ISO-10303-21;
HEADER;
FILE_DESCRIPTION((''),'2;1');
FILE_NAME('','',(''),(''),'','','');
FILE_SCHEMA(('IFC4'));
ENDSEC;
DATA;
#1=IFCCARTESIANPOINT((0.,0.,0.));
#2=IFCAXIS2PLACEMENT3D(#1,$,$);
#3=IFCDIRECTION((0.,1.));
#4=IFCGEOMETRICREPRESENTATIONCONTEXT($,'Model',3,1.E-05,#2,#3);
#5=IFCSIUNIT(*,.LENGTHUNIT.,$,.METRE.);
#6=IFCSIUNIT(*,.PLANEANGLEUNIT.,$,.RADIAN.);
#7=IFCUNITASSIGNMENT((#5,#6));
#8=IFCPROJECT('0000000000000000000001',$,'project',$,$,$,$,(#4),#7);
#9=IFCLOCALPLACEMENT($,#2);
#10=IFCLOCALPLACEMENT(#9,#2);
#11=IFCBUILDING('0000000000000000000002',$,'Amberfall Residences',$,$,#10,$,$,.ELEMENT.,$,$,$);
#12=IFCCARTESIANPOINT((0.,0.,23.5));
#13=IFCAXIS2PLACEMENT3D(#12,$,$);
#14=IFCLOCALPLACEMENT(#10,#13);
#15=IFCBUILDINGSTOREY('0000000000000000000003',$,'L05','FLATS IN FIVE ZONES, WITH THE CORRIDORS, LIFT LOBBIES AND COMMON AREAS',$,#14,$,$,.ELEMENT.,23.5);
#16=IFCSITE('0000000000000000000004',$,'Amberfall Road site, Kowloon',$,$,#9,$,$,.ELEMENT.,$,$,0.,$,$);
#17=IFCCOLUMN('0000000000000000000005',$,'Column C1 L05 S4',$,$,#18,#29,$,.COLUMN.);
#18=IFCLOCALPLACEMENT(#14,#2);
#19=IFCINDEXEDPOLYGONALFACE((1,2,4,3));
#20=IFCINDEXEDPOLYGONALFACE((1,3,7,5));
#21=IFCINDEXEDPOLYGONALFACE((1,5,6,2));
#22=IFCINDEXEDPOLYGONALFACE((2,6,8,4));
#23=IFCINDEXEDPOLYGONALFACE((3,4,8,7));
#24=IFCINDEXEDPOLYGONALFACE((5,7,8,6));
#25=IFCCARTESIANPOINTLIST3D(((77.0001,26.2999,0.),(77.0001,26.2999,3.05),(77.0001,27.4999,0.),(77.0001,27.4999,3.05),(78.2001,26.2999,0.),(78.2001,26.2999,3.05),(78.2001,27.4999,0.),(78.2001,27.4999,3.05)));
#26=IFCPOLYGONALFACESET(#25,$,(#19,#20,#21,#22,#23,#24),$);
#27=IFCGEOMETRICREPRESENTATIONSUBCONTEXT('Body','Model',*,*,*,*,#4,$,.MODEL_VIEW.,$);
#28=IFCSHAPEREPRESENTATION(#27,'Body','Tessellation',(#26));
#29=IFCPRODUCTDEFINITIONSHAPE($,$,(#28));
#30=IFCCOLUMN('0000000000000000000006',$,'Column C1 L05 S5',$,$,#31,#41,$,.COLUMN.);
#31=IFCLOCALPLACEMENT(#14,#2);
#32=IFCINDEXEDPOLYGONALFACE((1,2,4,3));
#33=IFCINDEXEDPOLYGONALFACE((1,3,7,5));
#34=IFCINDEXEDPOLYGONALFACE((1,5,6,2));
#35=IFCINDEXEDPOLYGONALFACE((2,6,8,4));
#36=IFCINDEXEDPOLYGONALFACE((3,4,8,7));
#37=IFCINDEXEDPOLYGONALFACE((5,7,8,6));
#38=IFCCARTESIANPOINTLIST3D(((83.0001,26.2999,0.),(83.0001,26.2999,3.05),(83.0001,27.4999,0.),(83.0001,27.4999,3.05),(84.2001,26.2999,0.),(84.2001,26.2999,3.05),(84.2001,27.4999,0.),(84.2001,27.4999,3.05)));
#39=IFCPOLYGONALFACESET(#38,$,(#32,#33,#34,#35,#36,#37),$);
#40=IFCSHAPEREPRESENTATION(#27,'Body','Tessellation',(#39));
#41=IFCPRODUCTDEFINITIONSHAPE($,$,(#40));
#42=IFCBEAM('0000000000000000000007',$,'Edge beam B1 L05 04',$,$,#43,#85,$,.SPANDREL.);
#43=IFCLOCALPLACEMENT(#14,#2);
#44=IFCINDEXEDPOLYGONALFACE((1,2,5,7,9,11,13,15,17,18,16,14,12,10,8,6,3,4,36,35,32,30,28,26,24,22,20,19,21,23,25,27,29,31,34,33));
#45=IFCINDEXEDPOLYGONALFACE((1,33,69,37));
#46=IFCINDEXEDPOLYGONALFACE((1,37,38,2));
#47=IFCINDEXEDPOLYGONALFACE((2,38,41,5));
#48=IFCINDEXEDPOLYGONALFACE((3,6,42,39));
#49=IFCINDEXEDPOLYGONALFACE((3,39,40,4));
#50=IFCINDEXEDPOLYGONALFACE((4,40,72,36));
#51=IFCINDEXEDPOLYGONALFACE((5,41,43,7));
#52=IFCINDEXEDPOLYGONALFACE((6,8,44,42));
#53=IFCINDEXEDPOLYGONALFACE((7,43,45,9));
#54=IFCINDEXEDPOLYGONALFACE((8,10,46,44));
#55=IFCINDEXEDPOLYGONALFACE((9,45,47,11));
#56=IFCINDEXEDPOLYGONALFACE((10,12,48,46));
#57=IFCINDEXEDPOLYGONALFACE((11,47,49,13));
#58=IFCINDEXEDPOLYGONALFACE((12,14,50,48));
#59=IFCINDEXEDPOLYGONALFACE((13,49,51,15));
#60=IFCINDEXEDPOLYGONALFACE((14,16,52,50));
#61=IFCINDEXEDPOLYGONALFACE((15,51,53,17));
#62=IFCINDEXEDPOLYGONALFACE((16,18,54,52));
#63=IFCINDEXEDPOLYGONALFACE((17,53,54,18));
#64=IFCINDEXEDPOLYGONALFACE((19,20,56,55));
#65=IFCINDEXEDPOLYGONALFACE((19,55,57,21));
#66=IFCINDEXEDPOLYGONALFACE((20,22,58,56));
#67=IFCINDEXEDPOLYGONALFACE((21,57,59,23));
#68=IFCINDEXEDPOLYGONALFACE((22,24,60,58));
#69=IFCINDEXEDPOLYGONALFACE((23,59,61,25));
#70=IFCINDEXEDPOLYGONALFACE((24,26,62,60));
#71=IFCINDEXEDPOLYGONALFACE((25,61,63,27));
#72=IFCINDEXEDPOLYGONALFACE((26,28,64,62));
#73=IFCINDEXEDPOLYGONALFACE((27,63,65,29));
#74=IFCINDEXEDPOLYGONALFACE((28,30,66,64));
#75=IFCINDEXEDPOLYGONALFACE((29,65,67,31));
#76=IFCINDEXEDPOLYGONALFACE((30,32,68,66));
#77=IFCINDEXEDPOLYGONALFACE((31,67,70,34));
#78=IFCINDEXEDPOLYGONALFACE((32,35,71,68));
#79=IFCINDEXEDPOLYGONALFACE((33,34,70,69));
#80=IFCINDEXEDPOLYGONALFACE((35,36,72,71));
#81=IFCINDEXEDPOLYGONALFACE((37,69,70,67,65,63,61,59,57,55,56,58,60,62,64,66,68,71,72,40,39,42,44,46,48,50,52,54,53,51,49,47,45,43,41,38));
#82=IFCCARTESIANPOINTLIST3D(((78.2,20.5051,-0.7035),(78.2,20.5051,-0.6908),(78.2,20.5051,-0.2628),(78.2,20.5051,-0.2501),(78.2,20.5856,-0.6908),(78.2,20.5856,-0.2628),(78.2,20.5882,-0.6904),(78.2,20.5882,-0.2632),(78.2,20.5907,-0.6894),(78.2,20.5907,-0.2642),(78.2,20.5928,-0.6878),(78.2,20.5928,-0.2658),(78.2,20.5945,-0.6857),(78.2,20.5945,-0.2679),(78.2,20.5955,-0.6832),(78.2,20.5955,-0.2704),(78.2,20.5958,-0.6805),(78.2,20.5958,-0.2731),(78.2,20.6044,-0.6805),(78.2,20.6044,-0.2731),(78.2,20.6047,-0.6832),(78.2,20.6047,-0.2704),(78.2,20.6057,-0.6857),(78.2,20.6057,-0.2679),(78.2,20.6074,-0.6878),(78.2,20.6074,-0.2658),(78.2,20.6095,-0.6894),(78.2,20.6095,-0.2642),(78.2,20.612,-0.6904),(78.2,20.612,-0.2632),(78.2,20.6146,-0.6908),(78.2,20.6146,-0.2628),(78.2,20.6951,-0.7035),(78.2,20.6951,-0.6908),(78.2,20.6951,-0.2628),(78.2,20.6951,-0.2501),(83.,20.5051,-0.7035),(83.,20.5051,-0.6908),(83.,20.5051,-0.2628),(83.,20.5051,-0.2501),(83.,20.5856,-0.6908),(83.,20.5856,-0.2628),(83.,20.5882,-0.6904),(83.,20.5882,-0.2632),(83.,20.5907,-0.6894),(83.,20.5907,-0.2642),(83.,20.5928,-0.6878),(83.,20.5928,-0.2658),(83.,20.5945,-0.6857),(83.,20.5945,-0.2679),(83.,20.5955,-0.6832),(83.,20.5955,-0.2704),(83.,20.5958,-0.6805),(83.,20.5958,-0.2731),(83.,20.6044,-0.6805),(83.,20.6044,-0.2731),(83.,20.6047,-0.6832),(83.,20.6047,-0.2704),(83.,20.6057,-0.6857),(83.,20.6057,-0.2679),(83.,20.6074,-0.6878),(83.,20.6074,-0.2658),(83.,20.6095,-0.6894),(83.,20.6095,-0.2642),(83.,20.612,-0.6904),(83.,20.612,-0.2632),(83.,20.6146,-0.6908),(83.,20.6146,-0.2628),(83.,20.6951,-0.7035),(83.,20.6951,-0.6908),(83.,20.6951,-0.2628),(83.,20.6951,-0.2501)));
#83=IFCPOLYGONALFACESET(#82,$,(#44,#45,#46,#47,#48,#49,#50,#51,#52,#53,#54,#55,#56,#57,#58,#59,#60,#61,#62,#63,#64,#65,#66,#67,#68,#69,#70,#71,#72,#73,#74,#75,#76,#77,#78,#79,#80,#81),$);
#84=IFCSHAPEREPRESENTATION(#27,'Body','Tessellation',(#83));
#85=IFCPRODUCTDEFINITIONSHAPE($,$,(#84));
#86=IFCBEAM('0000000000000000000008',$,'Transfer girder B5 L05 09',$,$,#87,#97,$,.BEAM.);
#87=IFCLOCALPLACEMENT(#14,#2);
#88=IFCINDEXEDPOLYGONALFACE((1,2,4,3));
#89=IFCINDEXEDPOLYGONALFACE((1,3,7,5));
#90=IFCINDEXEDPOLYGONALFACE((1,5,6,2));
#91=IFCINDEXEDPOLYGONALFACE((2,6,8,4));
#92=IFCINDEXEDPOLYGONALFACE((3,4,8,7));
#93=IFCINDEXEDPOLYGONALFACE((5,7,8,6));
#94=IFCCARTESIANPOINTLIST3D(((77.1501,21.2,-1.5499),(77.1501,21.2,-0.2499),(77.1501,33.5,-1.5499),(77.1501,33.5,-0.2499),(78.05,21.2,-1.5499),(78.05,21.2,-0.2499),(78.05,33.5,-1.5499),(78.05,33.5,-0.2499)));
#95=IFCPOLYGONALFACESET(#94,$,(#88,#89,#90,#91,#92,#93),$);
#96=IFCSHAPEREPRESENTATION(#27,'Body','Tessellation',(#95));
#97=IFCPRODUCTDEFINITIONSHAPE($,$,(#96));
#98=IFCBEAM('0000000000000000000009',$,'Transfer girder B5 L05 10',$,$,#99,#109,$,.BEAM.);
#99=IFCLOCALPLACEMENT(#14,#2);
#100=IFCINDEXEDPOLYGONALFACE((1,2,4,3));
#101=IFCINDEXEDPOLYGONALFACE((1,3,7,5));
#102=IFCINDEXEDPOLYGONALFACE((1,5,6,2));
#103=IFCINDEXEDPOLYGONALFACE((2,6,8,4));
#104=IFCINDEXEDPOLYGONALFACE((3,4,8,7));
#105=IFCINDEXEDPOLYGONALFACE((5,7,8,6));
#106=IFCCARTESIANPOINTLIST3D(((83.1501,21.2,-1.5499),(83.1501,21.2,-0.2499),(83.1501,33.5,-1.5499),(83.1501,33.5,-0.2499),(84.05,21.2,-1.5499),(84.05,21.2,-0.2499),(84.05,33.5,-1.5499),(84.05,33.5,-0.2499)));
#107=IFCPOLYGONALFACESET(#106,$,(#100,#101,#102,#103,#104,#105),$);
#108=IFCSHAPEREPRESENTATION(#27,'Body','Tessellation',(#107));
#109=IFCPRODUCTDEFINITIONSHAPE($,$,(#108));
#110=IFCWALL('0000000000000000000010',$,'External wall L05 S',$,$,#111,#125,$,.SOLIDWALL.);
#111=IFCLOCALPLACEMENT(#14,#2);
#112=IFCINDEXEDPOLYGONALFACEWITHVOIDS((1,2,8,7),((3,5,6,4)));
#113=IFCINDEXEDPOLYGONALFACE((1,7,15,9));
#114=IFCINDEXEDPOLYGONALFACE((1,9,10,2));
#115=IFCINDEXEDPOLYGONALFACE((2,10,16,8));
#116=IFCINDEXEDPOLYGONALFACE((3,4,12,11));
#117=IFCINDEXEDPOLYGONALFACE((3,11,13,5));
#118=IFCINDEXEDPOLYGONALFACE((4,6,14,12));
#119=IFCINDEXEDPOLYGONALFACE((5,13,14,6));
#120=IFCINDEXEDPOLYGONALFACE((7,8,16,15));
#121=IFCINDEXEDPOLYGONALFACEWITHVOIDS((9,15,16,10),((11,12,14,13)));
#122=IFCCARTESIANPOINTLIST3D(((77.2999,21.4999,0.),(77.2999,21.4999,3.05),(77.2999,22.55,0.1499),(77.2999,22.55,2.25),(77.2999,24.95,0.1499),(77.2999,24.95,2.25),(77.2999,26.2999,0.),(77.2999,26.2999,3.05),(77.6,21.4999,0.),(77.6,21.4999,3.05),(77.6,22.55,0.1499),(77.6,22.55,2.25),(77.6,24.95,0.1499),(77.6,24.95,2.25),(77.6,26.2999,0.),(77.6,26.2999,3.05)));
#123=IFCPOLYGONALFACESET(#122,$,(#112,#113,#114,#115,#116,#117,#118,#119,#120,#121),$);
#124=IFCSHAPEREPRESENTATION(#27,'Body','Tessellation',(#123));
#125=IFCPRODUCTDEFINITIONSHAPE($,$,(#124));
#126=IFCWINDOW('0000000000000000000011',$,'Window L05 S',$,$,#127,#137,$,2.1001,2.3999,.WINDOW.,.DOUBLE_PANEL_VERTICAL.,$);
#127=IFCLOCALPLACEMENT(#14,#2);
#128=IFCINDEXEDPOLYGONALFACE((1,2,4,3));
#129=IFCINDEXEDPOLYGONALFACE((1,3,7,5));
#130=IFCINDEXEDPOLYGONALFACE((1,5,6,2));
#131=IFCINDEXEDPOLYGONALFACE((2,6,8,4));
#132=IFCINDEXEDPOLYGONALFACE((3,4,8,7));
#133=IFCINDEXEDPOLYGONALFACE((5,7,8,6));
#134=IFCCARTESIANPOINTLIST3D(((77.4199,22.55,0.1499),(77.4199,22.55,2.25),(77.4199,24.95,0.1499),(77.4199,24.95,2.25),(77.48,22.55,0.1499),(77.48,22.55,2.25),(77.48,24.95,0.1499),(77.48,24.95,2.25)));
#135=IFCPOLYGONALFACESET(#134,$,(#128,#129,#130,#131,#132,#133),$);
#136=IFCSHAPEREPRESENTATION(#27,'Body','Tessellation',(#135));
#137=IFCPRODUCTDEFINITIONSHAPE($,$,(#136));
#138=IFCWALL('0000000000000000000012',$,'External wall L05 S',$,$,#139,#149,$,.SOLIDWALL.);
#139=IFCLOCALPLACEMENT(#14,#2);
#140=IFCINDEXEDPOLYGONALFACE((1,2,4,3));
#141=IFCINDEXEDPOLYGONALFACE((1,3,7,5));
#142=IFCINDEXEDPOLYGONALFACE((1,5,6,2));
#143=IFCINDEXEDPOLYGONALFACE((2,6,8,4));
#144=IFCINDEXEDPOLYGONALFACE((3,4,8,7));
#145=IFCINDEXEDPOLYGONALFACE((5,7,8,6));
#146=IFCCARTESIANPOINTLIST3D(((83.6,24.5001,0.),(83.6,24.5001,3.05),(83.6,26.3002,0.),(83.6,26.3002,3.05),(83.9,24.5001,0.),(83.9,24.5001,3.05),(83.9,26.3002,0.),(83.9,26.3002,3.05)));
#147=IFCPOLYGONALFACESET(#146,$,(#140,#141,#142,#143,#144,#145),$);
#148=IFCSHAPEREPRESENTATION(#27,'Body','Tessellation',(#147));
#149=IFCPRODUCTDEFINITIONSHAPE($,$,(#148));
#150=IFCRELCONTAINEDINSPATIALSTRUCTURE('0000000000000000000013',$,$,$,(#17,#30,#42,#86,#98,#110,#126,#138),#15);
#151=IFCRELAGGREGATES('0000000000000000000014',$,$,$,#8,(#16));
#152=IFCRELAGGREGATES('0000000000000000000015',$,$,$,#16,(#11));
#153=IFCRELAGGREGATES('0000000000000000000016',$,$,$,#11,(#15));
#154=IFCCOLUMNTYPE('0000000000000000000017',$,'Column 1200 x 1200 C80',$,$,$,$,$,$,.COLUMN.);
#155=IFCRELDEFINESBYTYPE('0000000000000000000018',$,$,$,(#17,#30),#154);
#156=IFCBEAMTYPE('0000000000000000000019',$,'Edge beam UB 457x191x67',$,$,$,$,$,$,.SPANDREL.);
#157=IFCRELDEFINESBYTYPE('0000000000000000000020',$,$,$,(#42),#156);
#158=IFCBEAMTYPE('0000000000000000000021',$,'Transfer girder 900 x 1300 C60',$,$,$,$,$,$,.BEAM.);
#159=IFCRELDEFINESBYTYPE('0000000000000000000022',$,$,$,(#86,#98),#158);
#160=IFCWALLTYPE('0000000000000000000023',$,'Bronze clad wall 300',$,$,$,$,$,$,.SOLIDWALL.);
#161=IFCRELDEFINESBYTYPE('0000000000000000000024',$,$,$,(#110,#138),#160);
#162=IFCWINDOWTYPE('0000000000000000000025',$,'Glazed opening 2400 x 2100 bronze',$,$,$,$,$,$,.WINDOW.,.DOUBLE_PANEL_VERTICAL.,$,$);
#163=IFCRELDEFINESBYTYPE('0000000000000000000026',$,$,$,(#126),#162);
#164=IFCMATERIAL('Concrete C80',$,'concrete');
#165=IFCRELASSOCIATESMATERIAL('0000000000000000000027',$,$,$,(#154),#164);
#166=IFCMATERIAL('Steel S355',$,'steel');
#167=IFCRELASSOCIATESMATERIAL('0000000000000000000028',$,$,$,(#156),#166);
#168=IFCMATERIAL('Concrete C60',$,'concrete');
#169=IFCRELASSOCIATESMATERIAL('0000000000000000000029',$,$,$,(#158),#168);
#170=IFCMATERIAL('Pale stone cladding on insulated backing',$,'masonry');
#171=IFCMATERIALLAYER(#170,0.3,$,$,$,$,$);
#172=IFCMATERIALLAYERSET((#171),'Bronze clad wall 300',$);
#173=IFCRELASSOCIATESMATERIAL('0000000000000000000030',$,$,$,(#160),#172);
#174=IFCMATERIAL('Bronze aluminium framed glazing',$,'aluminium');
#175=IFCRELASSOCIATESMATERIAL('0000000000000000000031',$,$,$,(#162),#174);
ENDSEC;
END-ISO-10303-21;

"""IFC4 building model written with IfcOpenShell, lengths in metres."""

from ifc_helpers import new_model, si_unit, direction, frame, frame_2d, origin, origin_2d, place, context, subcontext, project, spatial, rectangle, i_section, extrude, material, layer, layer_set, material_profile, profile_set, type_object, element, fill, save


model = new_model("IFC4")

# Units and contexts
model_context = context("Model", 3, precision=1e-05, world=origin(), true_north=direction((0.0, 1.0)))
body_context = subcontext(model_context, "Body", "Model", "MODEL_VIEW")
ifc_project = project(units=[si_unit("LENGTHUNIT", "METRE"), si_unit("PLANEANGLEUNIT", "RADIAN")], contexts=[model_context])

# Site, building, storey
site_placement = place(None, origin())
site = spatial("IfcSite", under=ifc_project, at=site_placement, Name="Amberfall Road site, Kowloon", CompositionType="ELEMENT", RefElevation=0.0)
building_placement = place(site_placement, origin())
building = spatial("IfcBuilding", under=site, at=building_placement, Name="Amberfall Residences", CompositionType="ELEMENT")
storey_placement = place(building_placement, frame((0.0, 0.0, 23.5)))
storey = spatial("IfcBuildingStorey", under=building, at=storey_placement, Name="L05", Description="FLATS IN FIVE ZONES, WITH THE CORRIDORS, LIFT LOBBIES AND COMMON AREAS", CompositionType="ELEMENT", Elevation=23.5)

# Columns
ifc_material_1 = material(Name="Concrete C80", Category="concrete")
ifc_material_profile_1 = material_profile(ifc_material_1, rectangle(XDim=1.2, YDim=1.2, at=origin_2d()), Name="Column 1200 x 1200 C80")
ifc_profile_set_1 = profile_set([ifc_material_profile_1], Name="Concrete C80")
column_type = type_object("IfcColumnType", Name="Column 1200 x 1200 C80", PredefinedType="COLUMN", material=ifc_profile_set_1)
for number, where, z_axis, x_axis, name in (
    (1, (77.6001, 26.8999, 0.0), (0.0, 0.0, 1.0), (1.0, 0.0, 0.0), "Column C1 L05 S4"),
    (2, (83.6001, 26.8999, 0.0), (0.0, 0.0, 1.0), (1.0, 0.0, 0.0), "Column C1 L05 S5"),
):
    element("IfcColumn", number, at=place(storey_placement, frame(where, z_axis=z_axis, x_axis=x_axis)), inside=storey, type_object=column_type, Name=name, PredefinedType="COLUMN", context=body_context, shape_type="SweptSolid", body=[
        extrude(rectangle(XDim=1.2, YDim=1.2, at=origin_2d()), origin(), (0.0, 0.0, 1.0), 3.05),
    ])

# Beams
ifc_material_2 = material(Name="Steel S355", Category="steel")
ifc_material_profile_2 = material_profile(ifc_material_2, i_section(OverallWidth=0.1899, OverallDepth=0.4534, WebThickness=0.0085, FlangeThickness=0.0127, FilletRadius=0.0103, at=origin_2d()), Name="UB 457x191x67")
ifc_profile_set_2 = profile_set([ifc_material_profile_2], Name="Steel S355")
beam_type_1 = type_object("IfcBeamType", Name="Edge beam UB 457x191x67", PredefinedType="SPANDREL", material=ifc_profile_set_2)
beam_placement = place(storey_placement, frame((78.2, 20.6001, -0.4768), z_axis=(1.0, 0.0, 0.0), x_axis=(0.0, 1.0, 0.0)))
element("IfcBeam", 3, at=beam_placement, inside=storey, type_object=beam_type_1, Name="Edge beam B1 L05 04", PredefinedType="SPANDREL", context=body_context, shape_type="SweptSolid", body=[
    extrude(i_section(OverallWidth=0.1899, OverallDepth=0.4534, WebThickness=0.0085, FlangeThickness=0.0127, FilletRadius=0.0103, at=origin_2d()), origin(), (0.0, 0.0, 1.0), 4.8),
])
ifc_material_3 = material(Name="Concrete C60", Category="concrete")
ifc_material_profile_3 = material_profile(ifc_material_3, rectangle(XDim=0.8999, YDim=1.3, at=origin_2d()), Name="Transfer girder 900 x 1300 C60")
ifc_profile_set_3 = profile_set([ifc_material_profile_3], Name="Concrete C60")
beam_type_2 = type_object("IfcBeamType", Name="Transfer girder 900 x 1300 C60", PredefinedType="BEAM", material=ifc_profile_set_3)
for number, where, z_axis, x_axis, name in (
    (4, (77.6001, 21.2, -0.8999), (0.0, 1.0, 0.0), (-1.0, 0.0, 0.0), "Transfer girder B5 L05 09"),
    (5, (83.6001, 21.2, -0.8999), (0.0, 1.0, 0.0), (-1.0, 0.0, 0.0), "Transfer girder B5 L05 10"),
):
    element("IfcBeam", number, at=place(storey_placement, frame(where, z_axis=z_axis, x_axis=x_axis)), inside=storey, type_object=beam_type_2, Name=name, PredefinedType="BEAM", context=body_context, shape_type="SweptSolid", body=[
        extrude(rectangle(XDim=0.8999, YDim=1.3, at=origin_2d()), origin(), (0.0, 0.0, 1.0), 12.3),
    ])

# Wall, opening, window
ifc_material_4 = material(Name="Pale stone cladding on insulated backing", Category="masonry")
ifc_layer_1 = layer(ifc_material_4, 0.3)
ifc_layer_set_1 = layer_set([ifc_layer_1], Name="Bronze clad wall 300")
wall_type_1 = type_object("IfcWallType", Name="Bronze clad wall 300", PredefinedType="SOLIDWALL", material=ifc_layer_set_1)
wall_1_placement = place(storey_placement, frame((77.45, 21.5, 0.0), z_axis=(0.0, 0.0, 1.0), x_axis=(0.0, 1.0, 0.0)))
wall_1 = element("IfcWall", 6, at=wall_1_placement, inside=storey, type_object=wall_type_1, Name="External wall L05 S", PredefinedType="SOLIDWALL", context=body_context, shape_type="SweptSolid", body=[
    extrude(rectangle(XDim=4.8, YDim=0.3, at=frame_2d((2.3999, 0.0))), origin(), (0.0, 0.0, 1.0), 3.05),
])
opening_1_placement = place(wall_1_placement, frame((1.05, 0.0, 0.1499)))
opening_1 = element("IfcOpeningElement", 7, at=opening_1_placement, cuts=wall_1, PredefinedType="OPENING", context=body_context, shape_type="SweptSolid", body=[
    extrude(rectangle(XDim=2.3999, YDim=2.1001, at=frame_2d((1.2, 1.05))), frame((0.0, 0.1599, 0.0), z_axis=(0.0, -1.0, 0.0), x_axis=(1.0, 0.0, 0.0)), (0.0, 0.0, 1.0), 0.3201),
])
ifc_material_5 = material(Name="Bronze aluminium framed glazing", Category="aluminium")
window_type_1 = type_object("IfcWindowType", Name="Glazed opening 2400 x 2100 bronze", PartitioningType="DOUBLE_PANEL_VERTICAL", PredefinedType="WINDOW", material=ifc_material_5)
window_1_placement = place(opening_1_placement, origin())
window_1 = element("IfcWindow", 8, at=window_1_placement, inside=storey, type_object=window_type_1, Name="Window L05 S", OverallHeight=2.1001, OverallWidth=2.3999, PartitioningType="DOUBLE_PANEL_VERTICAL", PredefinedType="WINDOW", context=body_context, shape_type="SweptSolid", body=[
    extrude(rectangle(XDim=2.3999, YDim=2.1001, at=frame_2d((1.2, 1.05))), frame((0.0, 0.03, 0.0), z_axis=(0.0, -1.0, 0.0), x_axis=(1.0, 0.0, 0.0)), (0.0, 0.0, 1.0), 0.0601),
])
fill(opening_1, window_1)

# Wall
wall_2_placement = place(storey_placement, frame((83.75, 26.3, 0.0), z_axis=(0.0, 0.0, 1.0), x_axis=(0.0, -1.0, 0.0)))
element("IfcWall", 9, at=wall_2_placement, inside=storey, type_object=wall_type_1, Name="External wall L05 S", PredefinedType="SOLIDWALL", context=body_context, shape_type="SweptSolid", body=[
    extrude(rectangle(XDim=1.8, YDim=0.3, at=frame_2d((0.8999, 0.0))), origin(), (0.0, 0.0, 1.0), 3.05),
])

save(model, "model.ifc")
